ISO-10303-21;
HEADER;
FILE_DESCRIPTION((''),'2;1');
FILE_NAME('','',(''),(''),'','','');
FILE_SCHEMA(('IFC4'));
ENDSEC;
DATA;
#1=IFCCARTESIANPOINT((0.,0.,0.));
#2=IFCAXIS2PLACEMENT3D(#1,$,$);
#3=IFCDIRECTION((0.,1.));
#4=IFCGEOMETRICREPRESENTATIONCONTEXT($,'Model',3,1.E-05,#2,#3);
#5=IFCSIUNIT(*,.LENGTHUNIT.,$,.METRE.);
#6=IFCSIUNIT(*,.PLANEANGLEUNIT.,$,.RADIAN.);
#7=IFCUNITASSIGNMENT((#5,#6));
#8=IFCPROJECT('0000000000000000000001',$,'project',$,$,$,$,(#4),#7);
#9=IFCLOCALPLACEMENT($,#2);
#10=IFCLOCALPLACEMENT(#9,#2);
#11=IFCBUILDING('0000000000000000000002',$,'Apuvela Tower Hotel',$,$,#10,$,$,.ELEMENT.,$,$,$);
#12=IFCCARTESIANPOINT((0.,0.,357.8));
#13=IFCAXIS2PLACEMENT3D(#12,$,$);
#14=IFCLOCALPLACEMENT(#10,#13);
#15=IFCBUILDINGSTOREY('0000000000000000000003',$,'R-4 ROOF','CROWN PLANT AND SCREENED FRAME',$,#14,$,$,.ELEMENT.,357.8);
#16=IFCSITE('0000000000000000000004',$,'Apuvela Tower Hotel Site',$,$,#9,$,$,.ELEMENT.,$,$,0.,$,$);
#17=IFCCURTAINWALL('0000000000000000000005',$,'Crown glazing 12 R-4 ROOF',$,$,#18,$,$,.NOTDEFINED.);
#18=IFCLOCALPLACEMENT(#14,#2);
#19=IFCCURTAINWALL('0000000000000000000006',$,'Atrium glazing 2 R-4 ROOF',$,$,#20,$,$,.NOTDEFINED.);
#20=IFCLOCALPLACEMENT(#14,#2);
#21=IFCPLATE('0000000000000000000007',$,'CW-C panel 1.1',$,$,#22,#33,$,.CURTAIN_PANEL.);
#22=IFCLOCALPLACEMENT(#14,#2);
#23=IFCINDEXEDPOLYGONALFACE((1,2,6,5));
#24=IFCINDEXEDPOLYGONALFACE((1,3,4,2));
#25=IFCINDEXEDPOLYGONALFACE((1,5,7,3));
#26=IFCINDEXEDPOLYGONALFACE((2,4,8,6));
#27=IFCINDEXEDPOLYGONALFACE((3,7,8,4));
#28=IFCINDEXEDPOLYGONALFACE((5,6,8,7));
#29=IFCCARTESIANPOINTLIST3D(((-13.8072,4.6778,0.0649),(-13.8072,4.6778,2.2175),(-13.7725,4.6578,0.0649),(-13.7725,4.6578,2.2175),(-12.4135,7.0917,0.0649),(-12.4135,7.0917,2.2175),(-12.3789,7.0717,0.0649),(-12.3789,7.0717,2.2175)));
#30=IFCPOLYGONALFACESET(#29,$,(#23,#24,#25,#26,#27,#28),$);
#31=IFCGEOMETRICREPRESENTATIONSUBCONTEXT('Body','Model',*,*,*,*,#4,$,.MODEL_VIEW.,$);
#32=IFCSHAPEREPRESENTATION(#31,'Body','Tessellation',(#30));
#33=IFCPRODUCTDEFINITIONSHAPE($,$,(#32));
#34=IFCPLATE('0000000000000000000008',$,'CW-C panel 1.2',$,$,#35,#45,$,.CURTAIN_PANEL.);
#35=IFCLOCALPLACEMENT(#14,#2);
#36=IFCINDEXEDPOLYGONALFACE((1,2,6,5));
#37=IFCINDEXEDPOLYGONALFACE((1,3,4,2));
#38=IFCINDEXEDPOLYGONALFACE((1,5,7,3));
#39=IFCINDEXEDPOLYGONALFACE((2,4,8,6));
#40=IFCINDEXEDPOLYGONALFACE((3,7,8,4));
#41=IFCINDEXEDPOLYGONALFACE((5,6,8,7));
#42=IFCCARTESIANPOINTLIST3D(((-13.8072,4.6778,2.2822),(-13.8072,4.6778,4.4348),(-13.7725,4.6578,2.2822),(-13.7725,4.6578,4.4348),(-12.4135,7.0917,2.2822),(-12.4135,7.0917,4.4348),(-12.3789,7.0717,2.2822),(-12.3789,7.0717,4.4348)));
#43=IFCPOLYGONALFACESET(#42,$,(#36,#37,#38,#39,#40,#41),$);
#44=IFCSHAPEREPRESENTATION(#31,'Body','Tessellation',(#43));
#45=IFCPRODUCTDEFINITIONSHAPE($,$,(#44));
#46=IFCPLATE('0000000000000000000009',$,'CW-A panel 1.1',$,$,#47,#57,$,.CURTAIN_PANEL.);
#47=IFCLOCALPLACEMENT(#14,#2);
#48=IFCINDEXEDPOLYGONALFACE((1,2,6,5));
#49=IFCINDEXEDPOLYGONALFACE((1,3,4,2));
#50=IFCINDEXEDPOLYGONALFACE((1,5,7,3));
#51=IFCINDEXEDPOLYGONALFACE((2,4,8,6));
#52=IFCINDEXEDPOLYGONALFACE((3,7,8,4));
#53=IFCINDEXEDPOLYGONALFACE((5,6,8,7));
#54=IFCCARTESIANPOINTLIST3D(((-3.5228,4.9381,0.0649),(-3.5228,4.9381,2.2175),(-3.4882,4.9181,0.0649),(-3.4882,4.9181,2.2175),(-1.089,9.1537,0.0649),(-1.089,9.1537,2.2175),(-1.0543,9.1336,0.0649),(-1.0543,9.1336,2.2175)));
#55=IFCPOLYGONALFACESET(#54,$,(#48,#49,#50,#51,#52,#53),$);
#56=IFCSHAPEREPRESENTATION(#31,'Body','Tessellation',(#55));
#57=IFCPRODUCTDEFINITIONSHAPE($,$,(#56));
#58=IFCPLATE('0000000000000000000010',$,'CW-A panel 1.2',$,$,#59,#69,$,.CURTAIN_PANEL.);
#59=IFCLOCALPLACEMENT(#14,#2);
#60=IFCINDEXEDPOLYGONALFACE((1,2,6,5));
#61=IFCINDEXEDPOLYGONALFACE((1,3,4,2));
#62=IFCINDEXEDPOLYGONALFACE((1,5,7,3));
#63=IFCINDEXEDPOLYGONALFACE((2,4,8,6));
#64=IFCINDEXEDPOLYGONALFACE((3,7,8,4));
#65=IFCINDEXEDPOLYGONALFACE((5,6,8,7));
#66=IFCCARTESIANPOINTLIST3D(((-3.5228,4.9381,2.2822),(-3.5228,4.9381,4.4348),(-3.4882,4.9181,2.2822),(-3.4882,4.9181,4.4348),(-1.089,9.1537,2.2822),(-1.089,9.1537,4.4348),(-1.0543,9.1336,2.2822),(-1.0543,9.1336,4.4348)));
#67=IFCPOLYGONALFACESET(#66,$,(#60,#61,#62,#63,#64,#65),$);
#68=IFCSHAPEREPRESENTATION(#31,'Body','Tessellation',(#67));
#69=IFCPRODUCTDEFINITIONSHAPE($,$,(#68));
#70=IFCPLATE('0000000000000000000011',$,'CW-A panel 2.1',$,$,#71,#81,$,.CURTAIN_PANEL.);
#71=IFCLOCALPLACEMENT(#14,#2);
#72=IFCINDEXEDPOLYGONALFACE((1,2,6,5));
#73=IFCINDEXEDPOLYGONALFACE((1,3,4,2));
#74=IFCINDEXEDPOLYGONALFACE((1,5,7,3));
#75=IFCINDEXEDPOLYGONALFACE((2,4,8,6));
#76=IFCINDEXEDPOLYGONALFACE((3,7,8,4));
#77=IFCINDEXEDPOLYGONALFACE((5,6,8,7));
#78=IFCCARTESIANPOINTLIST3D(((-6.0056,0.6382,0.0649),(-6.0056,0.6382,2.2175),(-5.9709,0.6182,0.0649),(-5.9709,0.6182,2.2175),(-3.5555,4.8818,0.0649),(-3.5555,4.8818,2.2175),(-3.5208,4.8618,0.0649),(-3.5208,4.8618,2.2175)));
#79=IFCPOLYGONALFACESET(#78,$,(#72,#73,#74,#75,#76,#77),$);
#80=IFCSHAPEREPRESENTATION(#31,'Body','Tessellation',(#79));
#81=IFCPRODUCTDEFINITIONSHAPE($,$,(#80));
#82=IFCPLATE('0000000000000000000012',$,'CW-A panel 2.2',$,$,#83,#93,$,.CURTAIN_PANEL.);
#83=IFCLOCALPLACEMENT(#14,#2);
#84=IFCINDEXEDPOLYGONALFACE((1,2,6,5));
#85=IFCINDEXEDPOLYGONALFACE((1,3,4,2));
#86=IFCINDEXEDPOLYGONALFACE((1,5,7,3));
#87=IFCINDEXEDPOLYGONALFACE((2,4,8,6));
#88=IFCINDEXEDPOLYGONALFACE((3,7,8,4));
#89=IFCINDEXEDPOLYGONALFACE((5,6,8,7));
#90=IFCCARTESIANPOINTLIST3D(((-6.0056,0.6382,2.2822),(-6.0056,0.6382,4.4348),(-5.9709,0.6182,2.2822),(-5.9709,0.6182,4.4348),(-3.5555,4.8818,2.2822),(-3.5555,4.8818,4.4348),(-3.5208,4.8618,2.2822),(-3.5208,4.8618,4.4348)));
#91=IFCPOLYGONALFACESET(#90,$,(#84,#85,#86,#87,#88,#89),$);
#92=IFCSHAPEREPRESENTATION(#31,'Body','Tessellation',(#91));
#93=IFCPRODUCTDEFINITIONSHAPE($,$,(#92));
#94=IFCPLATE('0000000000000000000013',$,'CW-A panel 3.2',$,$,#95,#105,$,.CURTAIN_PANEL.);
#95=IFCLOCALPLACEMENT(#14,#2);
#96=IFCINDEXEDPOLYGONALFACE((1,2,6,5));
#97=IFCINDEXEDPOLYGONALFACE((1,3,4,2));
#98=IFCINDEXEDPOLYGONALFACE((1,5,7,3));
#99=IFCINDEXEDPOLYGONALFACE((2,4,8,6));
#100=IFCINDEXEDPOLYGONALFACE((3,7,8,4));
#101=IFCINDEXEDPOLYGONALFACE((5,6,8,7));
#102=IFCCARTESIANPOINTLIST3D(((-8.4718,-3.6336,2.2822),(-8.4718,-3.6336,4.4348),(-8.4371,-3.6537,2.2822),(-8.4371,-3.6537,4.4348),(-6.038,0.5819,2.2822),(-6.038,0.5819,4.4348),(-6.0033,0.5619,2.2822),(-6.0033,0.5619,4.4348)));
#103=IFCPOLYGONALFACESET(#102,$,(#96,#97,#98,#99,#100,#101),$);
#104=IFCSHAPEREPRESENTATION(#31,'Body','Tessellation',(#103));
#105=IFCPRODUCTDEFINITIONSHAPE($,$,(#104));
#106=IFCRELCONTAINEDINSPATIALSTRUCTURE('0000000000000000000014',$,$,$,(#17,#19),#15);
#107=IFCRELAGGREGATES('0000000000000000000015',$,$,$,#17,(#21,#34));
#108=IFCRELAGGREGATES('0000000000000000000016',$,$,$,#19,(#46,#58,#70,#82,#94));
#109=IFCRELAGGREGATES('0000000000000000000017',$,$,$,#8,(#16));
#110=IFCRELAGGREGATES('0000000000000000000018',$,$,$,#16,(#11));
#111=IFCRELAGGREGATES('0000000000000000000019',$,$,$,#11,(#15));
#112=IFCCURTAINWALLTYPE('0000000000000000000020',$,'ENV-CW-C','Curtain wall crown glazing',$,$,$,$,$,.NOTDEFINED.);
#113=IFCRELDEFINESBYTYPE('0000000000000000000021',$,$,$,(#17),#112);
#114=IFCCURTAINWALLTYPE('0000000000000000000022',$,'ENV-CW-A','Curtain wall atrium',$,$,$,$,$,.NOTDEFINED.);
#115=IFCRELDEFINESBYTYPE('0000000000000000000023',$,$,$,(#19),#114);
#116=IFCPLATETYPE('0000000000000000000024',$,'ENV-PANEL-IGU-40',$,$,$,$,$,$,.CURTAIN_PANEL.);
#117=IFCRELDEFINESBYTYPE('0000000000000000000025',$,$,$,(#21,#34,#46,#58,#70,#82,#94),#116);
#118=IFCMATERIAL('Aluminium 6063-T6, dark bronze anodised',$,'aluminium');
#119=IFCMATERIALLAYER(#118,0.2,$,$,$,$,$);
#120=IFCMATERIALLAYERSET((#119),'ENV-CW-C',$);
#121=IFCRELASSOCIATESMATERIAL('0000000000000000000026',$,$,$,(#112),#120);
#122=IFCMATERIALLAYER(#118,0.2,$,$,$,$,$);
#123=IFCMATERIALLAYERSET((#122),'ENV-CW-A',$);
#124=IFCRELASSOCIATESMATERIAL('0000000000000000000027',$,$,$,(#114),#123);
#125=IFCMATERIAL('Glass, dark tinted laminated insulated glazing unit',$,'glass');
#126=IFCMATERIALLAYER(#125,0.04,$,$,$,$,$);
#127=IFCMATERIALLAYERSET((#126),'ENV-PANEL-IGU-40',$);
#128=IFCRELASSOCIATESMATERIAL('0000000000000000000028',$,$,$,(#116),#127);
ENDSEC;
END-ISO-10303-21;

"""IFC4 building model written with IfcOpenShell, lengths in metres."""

from ifc_helpers import new_model, si_unit, direction, frame, origin, origin_2d, place, context, subcontext, project, spatial, rectangle, extrude, material, layer, layer_set, type_object, element, aggregate, save


model = new_model("IFC4")

# Units and contexts
model_context = context("Model", 3, precision=1e-05, world=origin(), true_north=direction((0.0, 1.0)))
body_context = subcontext(model_context, "Body", "Model", "MODEL_VIEW")
ifc_project = project(units=[si_unit("LENGTHUNIT", "METRE"), si_unit("PLANEANGLEUNIT", "RADIAN")], contexts=[model_context])

# Site, building, storey
site_placement = place(None, origin())
site = spatial("IfcSite", under=ifc_project, at=site_placement, Name="Apuvela Tower Hotel Site", CompositionType="ELEMENT", RefElevation=0.0)
building_placement = place(site_placement, origin())
building = spatial("IfcBuilding", under=site, at=building_placement, Name="Apuvela Tower Hotel", CompositionType="ELEMENT")
storey_placement = place(building_placement, frame((0.0, 0.0, 357.8)))
storey = spatial("IfcBuildingStorey", under=building, at=storey_placement, Name="R-4 ROOF", Description="CROWN PLANT AND SCREENED FRAME", CompositionType="ELEMENT", Elevation=357.8)

# Curtain walls
ifc_material_1 = material(Name="Aluminium 6063-T6, dark bronze anodised", Category="aluminium")
ifc_layer_1 = layer(ifc_material_1, 0.2)
ifc_layer_set_1 = layer_set([ifc_layer_1], Name="ENV-CW-C")
curtain_wall_type_1 = type_object("IfcCurtainWallType", Name="ENV-CW-C", Description="Curtain wall crown glazing", PredefinedType="NOTDEFINED", material=ifc_layer_set_1)
curtain_wall_1_placement = place(storey_placement, origin())
curtain_wall_1 = element("IfcCurtainWall", 1, at=curtain_wall_1_placement, inside=storey, type_object=curtain_wall_type_1, Name="Crown glazing 12 R-4 ROOF", PredefinedType="NOTDEFINED")
ifc_layer_2 = layer(ifc_material_1, 0.2)
ifc_layer_set_2 = layer_set([ifc_layer_2], Name="ENV-CW-A")
curtain_wall_type_2 = type_object("IfcCurtainWallType", Name="ENV-CW-A", Description="Curtain wall atrium", PredefinedType="NOTDEFINED", material=ifc_layer_set_2)
curtain_wall_2_placement = place(storey_placement, origin())
curtain_wall_2 = element("IfcCurtainWall", 2, at=curtain_wall_2_placement, inside=storey, type_object=curtain_wall_type_2, Name="Atrium glazing 2 R-4 ROOF", PredefinedType="NOTDEFINED")

# Plates
ifc_material_2 = material(Name="Glass, dark tinted laminated insulated glazing unit", Category="glass")
ifc_layer_3 = layer(ifc_material_2, 0.04)
ifc_layer_set_3 = layer_set([ifc_layer_3], Name="ENV-PANEL-IGU-40")
plate_type_1 = type_object("IfcPlateType", Name="ENV-PANEL-IGU-40", PredefinedType="CURTAIN_PANEL", material=ifc_layer_set_3)
plate_1_placement = place(storey_placement, frame((-13.093, 5.8748, 0.0649), z_axis=(0.0, 0.0, 1.0), x_axis=(-0.499981, -0.866037, 0.0)))
plate_1 = element("IfcPlate", 3, at=plate_1_placement, type_object=plate_type_1, Name="CW-C panel 1.1", PredefinedType="CURTAIN_PANEL", context=body_context, shape_type="SweptSolid", body=[
    extrude(rectangle(XDim=2.7874, YDim=0.04, at=origin_2d()), origin(), (0.0, 0.0, 1.0), 2.1526),
])
plate_2_placement = place(storey_placement, frame((-13.093, 5.8748, 2.2822), z_axis=(0.0, 0.0, 1.0), x_axis=(-0.499981, -0.866037, 0.0)))
plate_2 = element("IfcPlate", 4, at=plate_2_placement, type_object=plate_type_1, Name="CW-C panel 1.2", PredefinedType="CURTAIN_PANEL", context=body_context, shape_type="SweptSolid", body=[
    extrude(rectangle(XDim=2.7874, YDim=0.04, at=origin_2d()), origin(), (0.0, 0.0, 1.0), 2.1526),
])
aggregate(curtain_wall_1, [plate_1, plate_2])
plate_3_placement = place(storey_placement, frame((-2.2886, 7.0359, 0.0649), z_axis=(0.0, 0.0, 1.0), x_axis=(-0.499999, -0.866026, 0.0)))
plate_3 = element("IfcPlate", 5, at=plate_3_placement, type_object=plate_type_1, Name="CW-A panel 1.1", PredefinedType="CURTAIN_PANEL", context=body_context, shape_type="SweptSolid", body=[
    extrude(rectangle(XDim=4.8677, YDim=0.04, at=origin_2d()), origin(), (0.0, 0.0, 1.0), 2.1526),
])
plate_4_placement = place(storey_placement, frame((-2.2886, 7.0359, 2.2822), z_axis=(0.0, 0.0, 1.0), x_axis=(-0.499999, -0.866026, 0.0)))
plate_4 = element("IfcPlate", 6, at=plate_4_placement, type_object=plate_type_1, Name="CW-A panel 1.2", PredefinedType="CURTAIN_PANEL", context=body_context, shape_type="SweptSolid", body=[
    extrude(rectangle(XDim=4.8677, YDim=0.04, at=origin_2d()), origin(), (0.0, 0.0, 1.0), 2.1526),
])
plate_5_placement = place(storey_placement, frame((-4.7632, 2.75, 0.0649), z_axis=(0.0, 0.0, 1.0), x_axis=(-0.499999, -0.866026, 0.0)))
plate_5 = element("IfcPlate", 7, at=plate_5_placement, type_object=plate_type_1, Name="CW-A panel 2.1", PredefinedType="CURTAIN_PANEL", context=body_context, shape_type="SweptSolid", body=[
    extrude(rectangle(XDim=4.9001, YDim=0.04, at=origin_2d()), origin(), (0.0, 0.0, 1.0), 2.1526),
])
plate_6_placement = place(storey_placement, frame((-4.7632, 2.75, 2.2822), z_axis=(0.0, 0.0, 1.0), x_axis=(-0.499999, -0.866026, 0.0)))
plate_6 = element("IfcPlate", 8, at=plate_6_placement, type_object=plate_type_1, Name="CW-A panel 2.2", PredefinedType="CURTAIN_PANEL", context=body_context, shape_type="SweptSolid", body=[
    extrude(rectangle(XDim=4.9001, YDim=0.04, at=origin_2d()), origin(), (0.0, 0.0, 1.0), 2.1526),
])
plate_7_placement = place(storey_placement, frame((-7.2375, -1.5359, 2.2822), z_axis=(0.0, 0.0, 1.0), x_axis=(-0.499999, -0.866026, 0.0)))
plate_7 = element("IfcPlate", 9, at=plate_7_placement, type_object=plate_type_1, Name="CW-A panel 3.2", PredefinedType="CURTAIN_PANEL", context=body_context, shape_type="SweptSolid", body=[
    extrude(rectangle(XDim=4.8677, YDim=0.04, at=origin_2d()), origin(), (0.0, 0.0, 1.0), 2.1526),
])
aggregate(curtain_wall_2, [plate_3, plate_4, plate_5, plate_6, plate_7])

save(model, "model.ifc")
